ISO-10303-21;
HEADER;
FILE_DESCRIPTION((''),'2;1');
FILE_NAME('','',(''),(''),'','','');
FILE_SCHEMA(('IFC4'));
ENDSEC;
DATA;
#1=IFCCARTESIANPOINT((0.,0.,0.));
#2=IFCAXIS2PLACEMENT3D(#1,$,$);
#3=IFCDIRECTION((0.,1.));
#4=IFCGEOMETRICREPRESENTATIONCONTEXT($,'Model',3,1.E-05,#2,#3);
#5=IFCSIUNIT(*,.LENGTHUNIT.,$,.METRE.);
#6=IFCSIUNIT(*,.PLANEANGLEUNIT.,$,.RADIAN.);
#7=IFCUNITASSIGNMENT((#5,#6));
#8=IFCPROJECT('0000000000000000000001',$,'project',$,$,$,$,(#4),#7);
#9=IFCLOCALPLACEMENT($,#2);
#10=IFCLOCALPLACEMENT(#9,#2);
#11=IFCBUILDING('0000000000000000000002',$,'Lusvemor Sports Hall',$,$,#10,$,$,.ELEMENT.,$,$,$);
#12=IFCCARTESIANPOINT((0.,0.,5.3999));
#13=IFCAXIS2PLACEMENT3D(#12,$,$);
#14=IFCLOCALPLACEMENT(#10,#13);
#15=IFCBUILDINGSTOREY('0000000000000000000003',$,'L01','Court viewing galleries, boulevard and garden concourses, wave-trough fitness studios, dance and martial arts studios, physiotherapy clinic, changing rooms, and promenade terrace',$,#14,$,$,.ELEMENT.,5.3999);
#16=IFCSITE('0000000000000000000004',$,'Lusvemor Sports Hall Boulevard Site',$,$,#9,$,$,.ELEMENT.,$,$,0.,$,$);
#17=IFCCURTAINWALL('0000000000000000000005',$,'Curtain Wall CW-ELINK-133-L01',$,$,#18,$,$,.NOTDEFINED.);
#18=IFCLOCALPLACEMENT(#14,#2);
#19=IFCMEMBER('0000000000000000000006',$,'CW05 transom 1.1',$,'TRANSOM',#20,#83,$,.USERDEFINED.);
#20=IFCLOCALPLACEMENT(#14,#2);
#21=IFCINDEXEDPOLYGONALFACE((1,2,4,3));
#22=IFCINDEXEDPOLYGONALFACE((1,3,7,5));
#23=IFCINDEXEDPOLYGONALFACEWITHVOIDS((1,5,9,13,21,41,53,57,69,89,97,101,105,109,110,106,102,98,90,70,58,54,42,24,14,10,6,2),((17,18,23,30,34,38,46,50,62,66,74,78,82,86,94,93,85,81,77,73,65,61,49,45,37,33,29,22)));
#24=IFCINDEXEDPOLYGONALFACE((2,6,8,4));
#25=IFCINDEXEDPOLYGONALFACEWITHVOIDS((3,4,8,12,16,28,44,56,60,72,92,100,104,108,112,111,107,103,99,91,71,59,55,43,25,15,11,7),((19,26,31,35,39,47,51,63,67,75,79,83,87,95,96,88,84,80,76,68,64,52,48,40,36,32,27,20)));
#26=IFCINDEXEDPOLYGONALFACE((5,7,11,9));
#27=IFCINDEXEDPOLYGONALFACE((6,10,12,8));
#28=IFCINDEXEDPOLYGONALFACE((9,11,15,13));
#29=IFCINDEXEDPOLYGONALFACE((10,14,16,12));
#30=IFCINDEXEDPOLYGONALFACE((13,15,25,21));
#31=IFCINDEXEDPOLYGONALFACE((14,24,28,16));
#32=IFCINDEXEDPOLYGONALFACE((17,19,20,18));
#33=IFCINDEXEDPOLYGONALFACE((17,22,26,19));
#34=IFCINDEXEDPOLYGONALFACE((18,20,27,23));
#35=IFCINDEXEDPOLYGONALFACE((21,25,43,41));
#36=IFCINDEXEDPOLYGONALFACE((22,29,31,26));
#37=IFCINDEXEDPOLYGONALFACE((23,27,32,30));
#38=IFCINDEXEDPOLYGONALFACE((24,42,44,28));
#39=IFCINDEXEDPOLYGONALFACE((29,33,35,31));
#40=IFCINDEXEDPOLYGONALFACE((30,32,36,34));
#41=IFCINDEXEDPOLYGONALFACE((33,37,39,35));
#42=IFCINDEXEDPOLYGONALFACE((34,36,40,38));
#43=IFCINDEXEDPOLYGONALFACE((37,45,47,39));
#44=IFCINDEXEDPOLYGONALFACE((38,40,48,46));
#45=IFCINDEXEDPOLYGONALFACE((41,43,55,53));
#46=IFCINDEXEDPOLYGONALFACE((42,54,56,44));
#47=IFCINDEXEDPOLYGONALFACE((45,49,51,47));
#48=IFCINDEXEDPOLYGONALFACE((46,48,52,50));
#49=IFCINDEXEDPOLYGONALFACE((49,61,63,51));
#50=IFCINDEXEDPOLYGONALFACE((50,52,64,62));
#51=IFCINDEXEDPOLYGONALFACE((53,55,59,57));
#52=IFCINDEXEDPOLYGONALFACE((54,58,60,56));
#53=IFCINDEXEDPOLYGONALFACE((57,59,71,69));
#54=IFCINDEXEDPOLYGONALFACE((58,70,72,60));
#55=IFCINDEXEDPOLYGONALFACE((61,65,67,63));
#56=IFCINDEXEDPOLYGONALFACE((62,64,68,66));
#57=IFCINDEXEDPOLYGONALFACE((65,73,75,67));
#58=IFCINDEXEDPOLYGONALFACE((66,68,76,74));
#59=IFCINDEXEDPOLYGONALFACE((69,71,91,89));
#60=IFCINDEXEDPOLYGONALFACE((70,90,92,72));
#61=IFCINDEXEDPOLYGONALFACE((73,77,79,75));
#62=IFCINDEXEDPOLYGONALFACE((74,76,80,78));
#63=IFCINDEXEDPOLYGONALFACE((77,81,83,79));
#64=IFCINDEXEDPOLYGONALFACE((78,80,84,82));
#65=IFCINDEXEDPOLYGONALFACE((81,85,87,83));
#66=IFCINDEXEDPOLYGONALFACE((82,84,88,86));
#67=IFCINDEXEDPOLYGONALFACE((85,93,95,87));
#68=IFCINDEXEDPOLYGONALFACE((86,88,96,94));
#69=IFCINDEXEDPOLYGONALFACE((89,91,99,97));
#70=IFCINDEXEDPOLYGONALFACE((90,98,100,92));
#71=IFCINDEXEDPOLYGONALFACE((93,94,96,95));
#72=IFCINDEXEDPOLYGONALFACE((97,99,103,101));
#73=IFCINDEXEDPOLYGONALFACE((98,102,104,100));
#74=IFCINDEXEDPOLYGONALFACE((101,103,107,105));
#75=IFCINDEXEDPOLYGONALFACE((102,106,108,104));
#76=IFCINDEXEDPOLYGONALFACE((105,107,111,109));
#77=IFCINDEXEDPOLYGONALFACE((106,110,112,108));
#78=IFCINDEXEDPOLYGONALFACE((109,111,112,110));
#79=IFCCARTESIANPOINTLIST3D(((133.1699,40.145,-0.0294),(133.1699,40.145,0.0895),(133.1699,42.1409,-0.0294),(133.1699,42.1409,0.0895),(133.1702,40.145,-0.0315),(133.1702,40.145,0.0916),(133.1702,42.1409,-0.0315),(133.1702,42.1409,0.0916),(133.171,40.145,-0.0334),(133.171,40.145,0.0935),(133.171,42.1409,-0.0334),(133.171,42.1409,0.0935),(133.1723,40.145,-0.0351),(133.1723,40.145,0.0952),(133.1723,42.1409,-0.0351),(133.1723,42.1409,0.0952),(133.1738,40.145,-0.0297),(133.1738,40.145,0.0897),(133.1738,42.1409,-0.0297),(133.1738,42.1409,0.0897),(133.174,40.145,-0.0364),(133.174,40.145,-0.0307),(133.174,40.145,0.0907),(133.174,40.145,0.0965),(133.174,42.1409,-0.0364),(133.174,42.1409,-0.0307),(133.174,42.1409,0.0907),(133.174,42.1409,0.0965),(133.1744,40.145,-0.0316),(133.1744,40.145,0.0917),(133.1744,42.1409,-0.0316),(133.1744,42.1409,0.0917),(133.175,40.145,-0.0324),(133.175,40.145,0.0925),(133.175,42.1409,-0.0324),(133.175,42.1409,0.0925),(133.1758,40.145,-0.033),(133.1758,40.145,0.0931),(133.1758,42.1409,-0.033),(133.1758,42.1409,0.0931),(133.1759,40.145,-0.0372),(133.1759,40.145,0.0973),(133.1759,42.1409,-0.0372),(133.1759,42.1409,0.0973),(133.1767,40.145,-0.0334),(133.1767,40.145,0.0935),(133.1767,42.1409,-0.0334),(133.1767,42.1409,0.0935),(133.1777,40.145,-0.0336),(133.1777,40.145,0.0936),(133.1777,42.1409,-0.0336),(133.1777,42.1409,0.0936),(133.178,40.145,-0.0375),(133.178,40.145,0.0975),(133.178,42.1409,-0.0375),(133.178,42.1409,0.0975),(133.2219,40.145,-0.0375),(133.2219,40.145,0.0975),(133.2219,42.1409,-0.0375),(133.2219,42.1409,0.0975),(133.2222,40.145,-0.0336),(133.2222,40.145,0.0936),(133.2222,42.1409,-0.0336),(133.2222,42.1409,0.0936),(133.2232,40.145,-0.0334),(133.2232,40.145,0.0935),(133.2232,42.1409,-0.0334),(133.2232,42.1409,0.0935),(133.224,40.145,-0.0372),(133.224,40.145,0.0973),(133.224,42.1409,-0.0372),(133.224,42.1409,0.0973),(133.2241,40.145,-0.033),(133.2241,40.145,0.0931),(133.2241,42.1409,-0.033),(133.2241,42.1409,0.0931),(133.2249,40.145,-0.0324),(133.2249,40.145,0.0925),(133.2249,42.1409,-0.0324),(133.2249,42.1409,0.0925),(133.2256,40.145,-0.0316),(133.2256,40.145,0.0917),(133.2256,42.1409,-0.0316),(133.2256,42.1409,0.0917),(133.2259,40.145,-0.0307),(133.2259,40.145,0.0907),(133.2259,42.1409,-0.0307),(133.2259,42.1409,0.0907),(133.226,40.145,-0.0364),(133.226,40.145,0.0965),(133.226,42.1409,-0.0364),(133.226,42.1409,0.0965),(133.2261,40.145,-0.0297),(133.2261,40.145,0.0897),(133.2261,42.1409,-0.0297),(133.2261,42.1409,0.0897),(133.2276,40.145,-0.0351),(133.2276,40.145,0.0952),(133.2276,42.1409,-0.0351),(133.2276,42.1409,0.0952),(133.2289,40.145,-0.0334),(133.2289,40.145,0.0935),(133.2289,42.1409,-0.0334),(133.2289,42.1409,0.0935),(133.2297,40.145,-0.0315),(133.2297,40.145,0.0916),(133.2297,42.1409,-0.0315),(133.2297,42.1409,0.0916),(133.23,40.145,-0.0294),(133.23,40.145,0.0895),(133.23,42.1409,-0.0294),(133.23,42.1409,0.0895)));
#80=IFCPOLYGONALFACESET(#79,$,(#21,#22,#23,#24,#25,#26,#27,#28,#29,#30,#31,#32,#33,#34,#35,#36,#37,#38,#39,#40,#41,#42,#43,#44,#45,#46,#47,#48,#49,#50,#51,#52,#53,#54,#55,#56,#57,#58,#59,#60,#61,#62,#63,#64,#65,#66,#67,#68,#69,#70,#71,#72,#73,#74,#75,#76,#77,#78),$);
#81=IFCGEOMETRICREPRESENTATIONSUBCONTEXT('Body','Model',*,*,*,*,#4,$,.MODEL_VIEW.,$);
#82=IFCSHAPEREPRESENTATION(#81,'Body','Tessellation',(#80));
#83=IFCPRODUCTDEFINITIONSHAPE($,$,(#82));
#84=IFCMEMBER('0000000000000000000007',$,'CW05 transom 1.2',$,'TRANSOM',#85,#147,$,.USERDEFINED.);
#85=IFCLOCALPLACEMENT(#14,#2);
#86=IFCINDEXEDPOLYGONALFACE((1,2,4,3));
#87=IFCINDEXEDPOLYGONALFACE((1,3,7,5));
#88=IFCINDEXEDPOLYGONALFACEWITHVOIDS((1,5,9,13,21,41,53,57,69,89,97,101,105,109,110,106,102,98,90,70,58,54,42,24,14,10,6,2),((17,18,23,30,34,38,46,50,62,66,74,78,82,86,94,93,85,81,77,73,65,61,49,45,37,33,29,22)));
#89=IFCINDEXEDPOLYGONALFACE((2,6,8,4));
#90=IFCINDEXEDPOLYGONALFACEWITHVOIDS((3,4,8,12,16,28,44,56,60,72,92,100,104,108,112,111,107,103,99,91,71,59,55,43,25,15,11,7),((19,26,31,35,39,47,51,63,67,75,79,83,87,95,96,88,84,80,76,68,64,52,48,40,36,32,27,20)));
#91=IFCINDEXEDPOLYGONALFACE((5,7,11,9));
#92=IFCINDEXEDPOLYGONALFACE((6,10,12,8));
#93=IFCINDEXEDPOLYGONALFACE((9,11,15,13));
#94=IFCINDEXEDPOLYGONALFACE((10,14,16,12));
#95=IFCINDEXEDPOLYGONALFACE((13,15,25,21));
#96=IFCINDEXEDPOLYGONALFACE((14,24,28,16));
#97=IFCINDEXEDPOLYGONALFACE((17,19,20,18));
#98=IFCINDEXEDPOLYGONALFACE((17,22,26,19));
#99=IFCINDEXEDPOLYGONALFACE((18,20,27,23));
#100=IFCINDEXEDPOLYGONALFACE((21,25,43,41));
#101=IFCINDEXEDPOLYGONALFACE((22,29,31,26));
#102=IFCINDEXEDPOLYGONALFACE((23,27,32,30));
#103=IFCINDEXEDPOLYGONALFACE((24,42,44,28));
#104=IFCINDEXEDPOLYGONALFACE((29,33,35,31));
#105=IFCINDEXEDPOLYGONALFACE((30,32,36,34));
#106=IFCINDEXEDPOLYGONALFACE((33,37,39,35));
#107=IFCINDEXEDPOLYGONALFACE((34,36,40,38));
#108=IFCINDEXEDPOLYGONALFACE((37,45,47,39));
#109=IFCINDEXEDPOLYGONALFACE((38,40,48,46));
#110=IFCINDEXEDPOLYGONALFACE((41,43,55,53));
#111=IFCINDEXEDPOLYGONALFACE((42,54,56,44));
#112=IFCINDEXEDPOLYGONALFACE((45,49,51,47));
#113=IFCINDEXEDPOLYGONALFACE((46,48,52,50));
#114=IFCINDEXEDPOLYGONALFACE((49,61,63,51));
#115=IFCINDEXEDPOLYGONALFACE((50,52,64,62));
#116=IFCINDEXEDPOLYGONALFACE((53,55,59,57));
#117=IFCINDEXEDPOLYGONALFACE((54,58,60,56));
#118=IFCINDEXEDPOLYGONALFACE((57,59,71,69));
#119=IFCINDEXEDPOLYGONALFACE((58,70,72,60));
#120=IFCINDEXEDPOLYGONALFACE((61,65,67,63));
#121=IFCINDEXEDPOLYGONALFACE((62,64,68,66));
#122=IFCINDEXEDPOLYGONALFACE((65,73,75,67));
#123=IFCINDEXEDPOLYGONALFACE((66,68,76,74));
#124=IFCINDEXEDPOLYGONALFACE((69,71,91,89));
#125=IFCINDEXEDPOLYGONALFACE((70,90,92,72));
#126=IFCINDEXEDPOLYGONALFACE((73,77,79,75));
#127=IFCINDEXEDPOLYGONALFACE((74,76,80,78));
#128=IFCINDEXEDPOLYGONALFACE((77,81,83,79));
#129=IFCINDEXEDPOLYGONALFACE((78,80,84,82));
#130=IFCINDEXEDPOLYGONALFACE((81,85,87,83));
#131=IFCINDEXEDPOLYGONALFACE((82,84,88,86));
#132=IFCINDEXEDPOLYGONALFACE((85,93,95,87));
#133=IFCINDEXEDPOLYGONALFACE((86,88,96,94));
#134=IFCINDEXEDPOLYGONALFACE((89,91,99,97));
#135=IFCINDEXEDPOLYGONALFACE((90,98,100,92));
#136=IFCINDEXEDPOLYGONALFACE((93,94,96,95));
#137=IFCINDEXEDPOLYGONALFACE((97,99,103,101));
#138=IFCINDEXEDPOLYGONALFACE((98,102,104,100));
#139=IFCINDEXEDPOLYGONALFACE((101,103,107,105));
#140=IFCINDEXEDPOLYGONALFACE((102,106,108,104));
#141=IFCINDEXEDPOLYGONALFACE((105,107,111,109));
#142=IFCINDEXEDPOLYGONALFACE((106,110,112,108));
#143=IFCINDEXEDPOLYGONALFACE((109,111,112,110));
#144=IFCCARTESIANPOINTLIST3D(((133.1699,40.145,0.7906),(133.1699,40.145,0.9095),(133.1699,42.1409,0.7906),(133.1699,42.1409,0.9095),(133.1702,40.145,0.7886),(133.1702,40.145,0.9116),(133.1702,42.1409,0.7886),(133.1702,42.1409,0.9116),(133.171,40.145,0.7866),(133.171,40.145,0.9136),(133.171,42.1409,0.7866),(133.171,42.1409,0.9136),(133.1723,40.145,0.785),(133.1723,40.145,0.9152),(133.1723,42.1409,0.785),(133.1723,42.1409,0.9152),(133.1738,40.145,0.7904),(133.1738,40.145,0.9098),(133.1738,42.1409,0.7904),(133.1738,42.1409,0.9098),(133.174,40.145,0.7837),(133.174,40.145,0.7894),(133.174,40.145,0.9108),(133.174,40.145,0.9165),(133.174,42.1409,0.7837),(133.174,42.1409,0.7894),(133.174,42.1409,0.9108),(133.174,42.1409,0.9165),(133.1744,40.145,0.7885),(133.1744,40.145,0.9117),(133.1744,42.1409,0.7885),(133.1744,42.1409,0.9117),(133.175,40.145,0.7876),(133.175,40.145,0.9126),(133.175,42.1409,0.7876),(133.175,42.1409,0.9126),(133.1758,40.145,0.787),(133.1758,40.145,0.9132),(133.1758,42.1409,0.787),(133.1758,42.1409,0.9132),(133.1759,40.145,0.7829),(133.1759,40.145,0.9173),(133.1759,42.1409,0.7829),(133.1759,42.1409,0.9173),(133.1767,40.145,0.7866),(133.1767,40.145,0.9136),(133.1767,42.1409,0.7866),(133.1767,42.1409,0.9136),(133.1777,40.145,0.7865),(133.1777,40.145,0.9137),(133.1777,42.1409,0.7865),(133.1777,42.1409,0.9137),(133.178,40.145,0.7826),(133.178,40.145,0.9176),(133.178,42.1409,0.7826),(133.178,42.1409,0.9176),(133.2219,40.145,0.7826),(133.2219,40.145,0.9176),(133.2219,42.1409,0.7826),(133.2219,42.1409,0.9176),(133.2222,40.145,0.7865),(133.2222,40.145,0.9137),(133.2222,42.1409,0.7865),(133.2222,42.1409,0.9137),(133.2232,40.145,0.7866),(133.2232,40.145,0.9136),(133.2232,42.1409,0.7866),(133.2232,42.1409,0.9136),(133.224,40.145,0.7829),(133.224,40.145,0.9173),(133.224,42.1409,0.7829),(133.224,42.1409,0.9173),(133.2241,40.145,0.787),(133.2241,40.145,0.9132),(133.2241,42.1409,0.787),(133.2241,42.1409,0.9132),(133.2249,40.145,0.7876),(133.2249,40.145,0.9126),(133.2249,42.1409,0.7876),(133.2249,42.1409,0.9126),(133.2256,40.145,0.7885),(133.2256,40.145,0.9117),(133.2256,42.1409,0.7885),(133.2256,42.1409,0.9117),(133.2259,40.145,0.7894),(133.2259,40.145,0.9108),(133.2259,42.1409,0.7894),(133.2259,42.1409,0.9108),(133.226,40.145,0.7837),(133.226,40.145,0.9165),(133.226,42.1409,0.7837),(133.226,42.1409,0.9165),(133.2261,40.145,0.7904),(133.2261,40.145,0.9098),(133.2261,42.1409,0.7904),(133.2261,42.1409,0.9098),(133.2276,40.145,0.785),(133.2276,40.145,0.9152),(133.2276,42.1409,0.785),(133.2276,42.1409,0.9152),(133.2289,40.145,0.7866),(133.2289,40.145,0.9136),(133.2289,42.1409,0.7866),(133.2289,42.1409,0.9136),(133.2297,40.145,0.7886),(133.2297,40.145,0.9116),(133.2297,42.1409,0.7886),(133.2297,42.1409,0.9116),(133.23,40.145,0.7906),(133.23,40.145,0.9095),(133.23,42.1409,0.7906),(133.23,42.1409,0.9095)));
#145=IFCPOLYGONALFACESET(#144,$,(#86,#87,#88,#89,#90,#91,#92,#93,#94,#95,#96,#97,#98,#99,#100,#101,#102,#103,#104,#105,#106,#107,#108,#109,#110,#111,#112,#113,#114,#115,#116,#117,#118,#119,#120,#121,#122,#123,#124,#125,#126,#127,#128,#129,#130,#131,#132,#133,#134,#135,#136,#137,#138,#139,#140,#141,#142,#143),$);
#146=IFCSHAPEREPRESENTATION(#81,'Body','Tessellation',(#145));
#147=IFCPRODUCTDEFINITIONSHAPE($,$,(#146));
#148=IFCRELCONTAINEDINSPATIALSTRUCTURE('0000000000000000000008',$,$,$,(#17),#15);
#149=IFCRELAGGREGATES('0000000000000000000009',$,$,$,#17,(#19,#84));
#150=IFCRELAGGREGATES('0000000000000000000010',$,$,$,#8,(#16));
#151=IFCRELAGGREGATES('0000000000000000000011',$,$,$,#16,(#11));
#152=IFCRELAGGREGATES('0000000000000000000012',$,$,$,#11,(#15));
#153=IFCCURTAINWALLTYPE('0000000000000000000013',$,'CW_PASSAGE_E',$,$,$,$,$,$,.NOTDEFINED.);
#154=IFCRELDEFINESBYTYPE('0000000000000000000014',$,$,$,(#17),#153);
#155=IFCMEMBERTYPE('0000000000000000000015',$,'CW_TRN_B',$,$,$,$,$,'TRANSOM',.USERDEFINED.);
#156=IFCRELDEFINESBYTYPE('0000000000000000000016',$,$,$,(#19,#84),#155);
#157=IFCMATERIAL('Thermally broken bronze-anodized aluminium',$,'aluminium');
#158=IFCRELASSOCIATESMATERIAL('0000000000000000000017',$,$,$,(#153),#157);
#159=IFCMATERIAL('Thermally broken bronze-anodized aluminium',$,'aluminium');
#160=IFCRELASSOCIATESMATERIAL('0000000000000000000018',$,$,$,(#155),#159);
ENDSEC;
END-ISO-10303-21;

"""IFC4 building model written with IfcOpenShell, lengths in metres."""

from ifc_helpers import new_model, si_unit, direction, frame, origin, origin_2d, place, context, subcontext, project, spatial, hollow_rectangle, extrude, material, material_profile, profile_set, type_object, element, aggregate, save


model = new_model("IFC4")

# Units and contexts
model_context = context("Model", 3, precision=1e-05, world=origin(), true_north=direction((0.0, 1.0)))
body_context = subcontext(model_context, "Body", "Model", "MODEL_VIEW")
ifc_project = project(units=[si_unit("LENGTHUNIT", "METRE"), si_unit("PLANEANGLEUNIT", "RADIAN")], contexts=[model_context])

# Site, building, storey
site_placement = place(None, origin())
site = spatial("IfcSite", under=ifc_project, at=site_placement, Name="Lusvemor Sports Hall Boulevard Site", CompositionType="ELEMENT", RefElevation=0.0)
building_placement = place(site_placement, origin())
building = spatial("IfcBuilding", under=site, at=building_placement, Name="Lusvemor Sports Hall", CompositionType="ELEMENT")
storey_placement = place(building_placement, frame((0.0, 0.0, 5.3999)))
storey = spatial("IfcBuildingStorey", under=building, at=storey_placement, Name="L01", Description="Court viewing galleries, boulevard and garden concourses, wave-trough fitness studios, dance and martial arts studios, physiotherapy clinic, changing rooms, and promenade terrace", CompositionType="ELEMENT", Elevation=5.3999)

# Curtain wall
ifc_material_1 = material(Name="Thermally broken bronze-anodized aluminium", Category="aluminium")
curtain_wall_type_1 = type_object("IfcCurtainWallType", Name="CW_PASSAGE_E", PredefinedType="NOTDEFINED", material=ifc_material_1)
curtain_wall_1_placement = place(storey_placement, origin())
curtain_wall_1 = element("IfcCurtainWall", 1, at=curtain_wall_1_placement, inside=storey, type_object=curtain_wall_type_1, Name="Curtain Wall CW-ELINK-133-L01", PredefinedType="NOTDEFINED")

# Members
ifc_material_2 = material(Name="Thermally broken bronze-anodized aluminium", Category="aluminium")
ifc_material_profile_1 = material_profile(ifc_material_2, hollow_rectangle(XDim=0.0601, YDim=0.135, WallThickness=0.0039, InnerFilletRadius=0.0039, OuterFilletRadius=0.0081, at=origin_2d()), Name="CWTRN135x60x4")
ifc_profile_set_1 = profile_set([ifc_material_profile_1], Name="Thermally broken bronze-anodized aluminium")
member_type_1 = type_object("IfcMemberType", Name="CW_TRN_B", ElementType="TRANSOM", PredefinedType="USERDEFINED", material=ifc_profile_set_1)
member_1_placement = place(storey_placement, frame((133.2, 40.145, 0.03), z_axis=(0.0, 1.0, 0.0), x_axis=(-1.0, 0.0, 0.0)))
member_1 = element("IfcMember", 2, at=member_1_placement, type_object=member_type_1, Name="CW05 transom 1.1", ObjectType="TRANSOM", PredefinedType="USERDEFINED", context=body_context, shape_type="SweptSolid", body=[
    extrude(hollow_rectangle(XDim=0.0601, YDim=0.135, WallThickness=0.0039, InnerFilletRadius=0.0039, OuterFilletRadius=0.0081, at=origin_2d()), origin(), (0.0, 0.0, 1.0), 1.9958),
])
member_2_placement = place(storey_placement, frame((133.2, 40.145, 0.8501), z_axis=(0.0, 1.0, 0.0), x_axis=(-1.0, 0.0, 0.0)))
member_2 = element("IfcMember", 3, at=member_2_placement, type_object=member_type_1, Name="CW05 transom 1.2", ObjectType="TRANSOM", PredefinedType="USERDEFINED", context=body_context, shape_type="SweptSolid", body=[
    extrude(hollow_rectangle(XDim=0.0601, YDim=0.135, WallThickness=0.0039, InnerFilletRadius=0.0039, OuterFilletRadius=0.0081, at=origin_2d()), origin(), (0.0, 0.0, 1.0), 1.9958),
])

aggregate(curtain_wall_1, [member_1, member_2])

save(model, "model.ifc")
